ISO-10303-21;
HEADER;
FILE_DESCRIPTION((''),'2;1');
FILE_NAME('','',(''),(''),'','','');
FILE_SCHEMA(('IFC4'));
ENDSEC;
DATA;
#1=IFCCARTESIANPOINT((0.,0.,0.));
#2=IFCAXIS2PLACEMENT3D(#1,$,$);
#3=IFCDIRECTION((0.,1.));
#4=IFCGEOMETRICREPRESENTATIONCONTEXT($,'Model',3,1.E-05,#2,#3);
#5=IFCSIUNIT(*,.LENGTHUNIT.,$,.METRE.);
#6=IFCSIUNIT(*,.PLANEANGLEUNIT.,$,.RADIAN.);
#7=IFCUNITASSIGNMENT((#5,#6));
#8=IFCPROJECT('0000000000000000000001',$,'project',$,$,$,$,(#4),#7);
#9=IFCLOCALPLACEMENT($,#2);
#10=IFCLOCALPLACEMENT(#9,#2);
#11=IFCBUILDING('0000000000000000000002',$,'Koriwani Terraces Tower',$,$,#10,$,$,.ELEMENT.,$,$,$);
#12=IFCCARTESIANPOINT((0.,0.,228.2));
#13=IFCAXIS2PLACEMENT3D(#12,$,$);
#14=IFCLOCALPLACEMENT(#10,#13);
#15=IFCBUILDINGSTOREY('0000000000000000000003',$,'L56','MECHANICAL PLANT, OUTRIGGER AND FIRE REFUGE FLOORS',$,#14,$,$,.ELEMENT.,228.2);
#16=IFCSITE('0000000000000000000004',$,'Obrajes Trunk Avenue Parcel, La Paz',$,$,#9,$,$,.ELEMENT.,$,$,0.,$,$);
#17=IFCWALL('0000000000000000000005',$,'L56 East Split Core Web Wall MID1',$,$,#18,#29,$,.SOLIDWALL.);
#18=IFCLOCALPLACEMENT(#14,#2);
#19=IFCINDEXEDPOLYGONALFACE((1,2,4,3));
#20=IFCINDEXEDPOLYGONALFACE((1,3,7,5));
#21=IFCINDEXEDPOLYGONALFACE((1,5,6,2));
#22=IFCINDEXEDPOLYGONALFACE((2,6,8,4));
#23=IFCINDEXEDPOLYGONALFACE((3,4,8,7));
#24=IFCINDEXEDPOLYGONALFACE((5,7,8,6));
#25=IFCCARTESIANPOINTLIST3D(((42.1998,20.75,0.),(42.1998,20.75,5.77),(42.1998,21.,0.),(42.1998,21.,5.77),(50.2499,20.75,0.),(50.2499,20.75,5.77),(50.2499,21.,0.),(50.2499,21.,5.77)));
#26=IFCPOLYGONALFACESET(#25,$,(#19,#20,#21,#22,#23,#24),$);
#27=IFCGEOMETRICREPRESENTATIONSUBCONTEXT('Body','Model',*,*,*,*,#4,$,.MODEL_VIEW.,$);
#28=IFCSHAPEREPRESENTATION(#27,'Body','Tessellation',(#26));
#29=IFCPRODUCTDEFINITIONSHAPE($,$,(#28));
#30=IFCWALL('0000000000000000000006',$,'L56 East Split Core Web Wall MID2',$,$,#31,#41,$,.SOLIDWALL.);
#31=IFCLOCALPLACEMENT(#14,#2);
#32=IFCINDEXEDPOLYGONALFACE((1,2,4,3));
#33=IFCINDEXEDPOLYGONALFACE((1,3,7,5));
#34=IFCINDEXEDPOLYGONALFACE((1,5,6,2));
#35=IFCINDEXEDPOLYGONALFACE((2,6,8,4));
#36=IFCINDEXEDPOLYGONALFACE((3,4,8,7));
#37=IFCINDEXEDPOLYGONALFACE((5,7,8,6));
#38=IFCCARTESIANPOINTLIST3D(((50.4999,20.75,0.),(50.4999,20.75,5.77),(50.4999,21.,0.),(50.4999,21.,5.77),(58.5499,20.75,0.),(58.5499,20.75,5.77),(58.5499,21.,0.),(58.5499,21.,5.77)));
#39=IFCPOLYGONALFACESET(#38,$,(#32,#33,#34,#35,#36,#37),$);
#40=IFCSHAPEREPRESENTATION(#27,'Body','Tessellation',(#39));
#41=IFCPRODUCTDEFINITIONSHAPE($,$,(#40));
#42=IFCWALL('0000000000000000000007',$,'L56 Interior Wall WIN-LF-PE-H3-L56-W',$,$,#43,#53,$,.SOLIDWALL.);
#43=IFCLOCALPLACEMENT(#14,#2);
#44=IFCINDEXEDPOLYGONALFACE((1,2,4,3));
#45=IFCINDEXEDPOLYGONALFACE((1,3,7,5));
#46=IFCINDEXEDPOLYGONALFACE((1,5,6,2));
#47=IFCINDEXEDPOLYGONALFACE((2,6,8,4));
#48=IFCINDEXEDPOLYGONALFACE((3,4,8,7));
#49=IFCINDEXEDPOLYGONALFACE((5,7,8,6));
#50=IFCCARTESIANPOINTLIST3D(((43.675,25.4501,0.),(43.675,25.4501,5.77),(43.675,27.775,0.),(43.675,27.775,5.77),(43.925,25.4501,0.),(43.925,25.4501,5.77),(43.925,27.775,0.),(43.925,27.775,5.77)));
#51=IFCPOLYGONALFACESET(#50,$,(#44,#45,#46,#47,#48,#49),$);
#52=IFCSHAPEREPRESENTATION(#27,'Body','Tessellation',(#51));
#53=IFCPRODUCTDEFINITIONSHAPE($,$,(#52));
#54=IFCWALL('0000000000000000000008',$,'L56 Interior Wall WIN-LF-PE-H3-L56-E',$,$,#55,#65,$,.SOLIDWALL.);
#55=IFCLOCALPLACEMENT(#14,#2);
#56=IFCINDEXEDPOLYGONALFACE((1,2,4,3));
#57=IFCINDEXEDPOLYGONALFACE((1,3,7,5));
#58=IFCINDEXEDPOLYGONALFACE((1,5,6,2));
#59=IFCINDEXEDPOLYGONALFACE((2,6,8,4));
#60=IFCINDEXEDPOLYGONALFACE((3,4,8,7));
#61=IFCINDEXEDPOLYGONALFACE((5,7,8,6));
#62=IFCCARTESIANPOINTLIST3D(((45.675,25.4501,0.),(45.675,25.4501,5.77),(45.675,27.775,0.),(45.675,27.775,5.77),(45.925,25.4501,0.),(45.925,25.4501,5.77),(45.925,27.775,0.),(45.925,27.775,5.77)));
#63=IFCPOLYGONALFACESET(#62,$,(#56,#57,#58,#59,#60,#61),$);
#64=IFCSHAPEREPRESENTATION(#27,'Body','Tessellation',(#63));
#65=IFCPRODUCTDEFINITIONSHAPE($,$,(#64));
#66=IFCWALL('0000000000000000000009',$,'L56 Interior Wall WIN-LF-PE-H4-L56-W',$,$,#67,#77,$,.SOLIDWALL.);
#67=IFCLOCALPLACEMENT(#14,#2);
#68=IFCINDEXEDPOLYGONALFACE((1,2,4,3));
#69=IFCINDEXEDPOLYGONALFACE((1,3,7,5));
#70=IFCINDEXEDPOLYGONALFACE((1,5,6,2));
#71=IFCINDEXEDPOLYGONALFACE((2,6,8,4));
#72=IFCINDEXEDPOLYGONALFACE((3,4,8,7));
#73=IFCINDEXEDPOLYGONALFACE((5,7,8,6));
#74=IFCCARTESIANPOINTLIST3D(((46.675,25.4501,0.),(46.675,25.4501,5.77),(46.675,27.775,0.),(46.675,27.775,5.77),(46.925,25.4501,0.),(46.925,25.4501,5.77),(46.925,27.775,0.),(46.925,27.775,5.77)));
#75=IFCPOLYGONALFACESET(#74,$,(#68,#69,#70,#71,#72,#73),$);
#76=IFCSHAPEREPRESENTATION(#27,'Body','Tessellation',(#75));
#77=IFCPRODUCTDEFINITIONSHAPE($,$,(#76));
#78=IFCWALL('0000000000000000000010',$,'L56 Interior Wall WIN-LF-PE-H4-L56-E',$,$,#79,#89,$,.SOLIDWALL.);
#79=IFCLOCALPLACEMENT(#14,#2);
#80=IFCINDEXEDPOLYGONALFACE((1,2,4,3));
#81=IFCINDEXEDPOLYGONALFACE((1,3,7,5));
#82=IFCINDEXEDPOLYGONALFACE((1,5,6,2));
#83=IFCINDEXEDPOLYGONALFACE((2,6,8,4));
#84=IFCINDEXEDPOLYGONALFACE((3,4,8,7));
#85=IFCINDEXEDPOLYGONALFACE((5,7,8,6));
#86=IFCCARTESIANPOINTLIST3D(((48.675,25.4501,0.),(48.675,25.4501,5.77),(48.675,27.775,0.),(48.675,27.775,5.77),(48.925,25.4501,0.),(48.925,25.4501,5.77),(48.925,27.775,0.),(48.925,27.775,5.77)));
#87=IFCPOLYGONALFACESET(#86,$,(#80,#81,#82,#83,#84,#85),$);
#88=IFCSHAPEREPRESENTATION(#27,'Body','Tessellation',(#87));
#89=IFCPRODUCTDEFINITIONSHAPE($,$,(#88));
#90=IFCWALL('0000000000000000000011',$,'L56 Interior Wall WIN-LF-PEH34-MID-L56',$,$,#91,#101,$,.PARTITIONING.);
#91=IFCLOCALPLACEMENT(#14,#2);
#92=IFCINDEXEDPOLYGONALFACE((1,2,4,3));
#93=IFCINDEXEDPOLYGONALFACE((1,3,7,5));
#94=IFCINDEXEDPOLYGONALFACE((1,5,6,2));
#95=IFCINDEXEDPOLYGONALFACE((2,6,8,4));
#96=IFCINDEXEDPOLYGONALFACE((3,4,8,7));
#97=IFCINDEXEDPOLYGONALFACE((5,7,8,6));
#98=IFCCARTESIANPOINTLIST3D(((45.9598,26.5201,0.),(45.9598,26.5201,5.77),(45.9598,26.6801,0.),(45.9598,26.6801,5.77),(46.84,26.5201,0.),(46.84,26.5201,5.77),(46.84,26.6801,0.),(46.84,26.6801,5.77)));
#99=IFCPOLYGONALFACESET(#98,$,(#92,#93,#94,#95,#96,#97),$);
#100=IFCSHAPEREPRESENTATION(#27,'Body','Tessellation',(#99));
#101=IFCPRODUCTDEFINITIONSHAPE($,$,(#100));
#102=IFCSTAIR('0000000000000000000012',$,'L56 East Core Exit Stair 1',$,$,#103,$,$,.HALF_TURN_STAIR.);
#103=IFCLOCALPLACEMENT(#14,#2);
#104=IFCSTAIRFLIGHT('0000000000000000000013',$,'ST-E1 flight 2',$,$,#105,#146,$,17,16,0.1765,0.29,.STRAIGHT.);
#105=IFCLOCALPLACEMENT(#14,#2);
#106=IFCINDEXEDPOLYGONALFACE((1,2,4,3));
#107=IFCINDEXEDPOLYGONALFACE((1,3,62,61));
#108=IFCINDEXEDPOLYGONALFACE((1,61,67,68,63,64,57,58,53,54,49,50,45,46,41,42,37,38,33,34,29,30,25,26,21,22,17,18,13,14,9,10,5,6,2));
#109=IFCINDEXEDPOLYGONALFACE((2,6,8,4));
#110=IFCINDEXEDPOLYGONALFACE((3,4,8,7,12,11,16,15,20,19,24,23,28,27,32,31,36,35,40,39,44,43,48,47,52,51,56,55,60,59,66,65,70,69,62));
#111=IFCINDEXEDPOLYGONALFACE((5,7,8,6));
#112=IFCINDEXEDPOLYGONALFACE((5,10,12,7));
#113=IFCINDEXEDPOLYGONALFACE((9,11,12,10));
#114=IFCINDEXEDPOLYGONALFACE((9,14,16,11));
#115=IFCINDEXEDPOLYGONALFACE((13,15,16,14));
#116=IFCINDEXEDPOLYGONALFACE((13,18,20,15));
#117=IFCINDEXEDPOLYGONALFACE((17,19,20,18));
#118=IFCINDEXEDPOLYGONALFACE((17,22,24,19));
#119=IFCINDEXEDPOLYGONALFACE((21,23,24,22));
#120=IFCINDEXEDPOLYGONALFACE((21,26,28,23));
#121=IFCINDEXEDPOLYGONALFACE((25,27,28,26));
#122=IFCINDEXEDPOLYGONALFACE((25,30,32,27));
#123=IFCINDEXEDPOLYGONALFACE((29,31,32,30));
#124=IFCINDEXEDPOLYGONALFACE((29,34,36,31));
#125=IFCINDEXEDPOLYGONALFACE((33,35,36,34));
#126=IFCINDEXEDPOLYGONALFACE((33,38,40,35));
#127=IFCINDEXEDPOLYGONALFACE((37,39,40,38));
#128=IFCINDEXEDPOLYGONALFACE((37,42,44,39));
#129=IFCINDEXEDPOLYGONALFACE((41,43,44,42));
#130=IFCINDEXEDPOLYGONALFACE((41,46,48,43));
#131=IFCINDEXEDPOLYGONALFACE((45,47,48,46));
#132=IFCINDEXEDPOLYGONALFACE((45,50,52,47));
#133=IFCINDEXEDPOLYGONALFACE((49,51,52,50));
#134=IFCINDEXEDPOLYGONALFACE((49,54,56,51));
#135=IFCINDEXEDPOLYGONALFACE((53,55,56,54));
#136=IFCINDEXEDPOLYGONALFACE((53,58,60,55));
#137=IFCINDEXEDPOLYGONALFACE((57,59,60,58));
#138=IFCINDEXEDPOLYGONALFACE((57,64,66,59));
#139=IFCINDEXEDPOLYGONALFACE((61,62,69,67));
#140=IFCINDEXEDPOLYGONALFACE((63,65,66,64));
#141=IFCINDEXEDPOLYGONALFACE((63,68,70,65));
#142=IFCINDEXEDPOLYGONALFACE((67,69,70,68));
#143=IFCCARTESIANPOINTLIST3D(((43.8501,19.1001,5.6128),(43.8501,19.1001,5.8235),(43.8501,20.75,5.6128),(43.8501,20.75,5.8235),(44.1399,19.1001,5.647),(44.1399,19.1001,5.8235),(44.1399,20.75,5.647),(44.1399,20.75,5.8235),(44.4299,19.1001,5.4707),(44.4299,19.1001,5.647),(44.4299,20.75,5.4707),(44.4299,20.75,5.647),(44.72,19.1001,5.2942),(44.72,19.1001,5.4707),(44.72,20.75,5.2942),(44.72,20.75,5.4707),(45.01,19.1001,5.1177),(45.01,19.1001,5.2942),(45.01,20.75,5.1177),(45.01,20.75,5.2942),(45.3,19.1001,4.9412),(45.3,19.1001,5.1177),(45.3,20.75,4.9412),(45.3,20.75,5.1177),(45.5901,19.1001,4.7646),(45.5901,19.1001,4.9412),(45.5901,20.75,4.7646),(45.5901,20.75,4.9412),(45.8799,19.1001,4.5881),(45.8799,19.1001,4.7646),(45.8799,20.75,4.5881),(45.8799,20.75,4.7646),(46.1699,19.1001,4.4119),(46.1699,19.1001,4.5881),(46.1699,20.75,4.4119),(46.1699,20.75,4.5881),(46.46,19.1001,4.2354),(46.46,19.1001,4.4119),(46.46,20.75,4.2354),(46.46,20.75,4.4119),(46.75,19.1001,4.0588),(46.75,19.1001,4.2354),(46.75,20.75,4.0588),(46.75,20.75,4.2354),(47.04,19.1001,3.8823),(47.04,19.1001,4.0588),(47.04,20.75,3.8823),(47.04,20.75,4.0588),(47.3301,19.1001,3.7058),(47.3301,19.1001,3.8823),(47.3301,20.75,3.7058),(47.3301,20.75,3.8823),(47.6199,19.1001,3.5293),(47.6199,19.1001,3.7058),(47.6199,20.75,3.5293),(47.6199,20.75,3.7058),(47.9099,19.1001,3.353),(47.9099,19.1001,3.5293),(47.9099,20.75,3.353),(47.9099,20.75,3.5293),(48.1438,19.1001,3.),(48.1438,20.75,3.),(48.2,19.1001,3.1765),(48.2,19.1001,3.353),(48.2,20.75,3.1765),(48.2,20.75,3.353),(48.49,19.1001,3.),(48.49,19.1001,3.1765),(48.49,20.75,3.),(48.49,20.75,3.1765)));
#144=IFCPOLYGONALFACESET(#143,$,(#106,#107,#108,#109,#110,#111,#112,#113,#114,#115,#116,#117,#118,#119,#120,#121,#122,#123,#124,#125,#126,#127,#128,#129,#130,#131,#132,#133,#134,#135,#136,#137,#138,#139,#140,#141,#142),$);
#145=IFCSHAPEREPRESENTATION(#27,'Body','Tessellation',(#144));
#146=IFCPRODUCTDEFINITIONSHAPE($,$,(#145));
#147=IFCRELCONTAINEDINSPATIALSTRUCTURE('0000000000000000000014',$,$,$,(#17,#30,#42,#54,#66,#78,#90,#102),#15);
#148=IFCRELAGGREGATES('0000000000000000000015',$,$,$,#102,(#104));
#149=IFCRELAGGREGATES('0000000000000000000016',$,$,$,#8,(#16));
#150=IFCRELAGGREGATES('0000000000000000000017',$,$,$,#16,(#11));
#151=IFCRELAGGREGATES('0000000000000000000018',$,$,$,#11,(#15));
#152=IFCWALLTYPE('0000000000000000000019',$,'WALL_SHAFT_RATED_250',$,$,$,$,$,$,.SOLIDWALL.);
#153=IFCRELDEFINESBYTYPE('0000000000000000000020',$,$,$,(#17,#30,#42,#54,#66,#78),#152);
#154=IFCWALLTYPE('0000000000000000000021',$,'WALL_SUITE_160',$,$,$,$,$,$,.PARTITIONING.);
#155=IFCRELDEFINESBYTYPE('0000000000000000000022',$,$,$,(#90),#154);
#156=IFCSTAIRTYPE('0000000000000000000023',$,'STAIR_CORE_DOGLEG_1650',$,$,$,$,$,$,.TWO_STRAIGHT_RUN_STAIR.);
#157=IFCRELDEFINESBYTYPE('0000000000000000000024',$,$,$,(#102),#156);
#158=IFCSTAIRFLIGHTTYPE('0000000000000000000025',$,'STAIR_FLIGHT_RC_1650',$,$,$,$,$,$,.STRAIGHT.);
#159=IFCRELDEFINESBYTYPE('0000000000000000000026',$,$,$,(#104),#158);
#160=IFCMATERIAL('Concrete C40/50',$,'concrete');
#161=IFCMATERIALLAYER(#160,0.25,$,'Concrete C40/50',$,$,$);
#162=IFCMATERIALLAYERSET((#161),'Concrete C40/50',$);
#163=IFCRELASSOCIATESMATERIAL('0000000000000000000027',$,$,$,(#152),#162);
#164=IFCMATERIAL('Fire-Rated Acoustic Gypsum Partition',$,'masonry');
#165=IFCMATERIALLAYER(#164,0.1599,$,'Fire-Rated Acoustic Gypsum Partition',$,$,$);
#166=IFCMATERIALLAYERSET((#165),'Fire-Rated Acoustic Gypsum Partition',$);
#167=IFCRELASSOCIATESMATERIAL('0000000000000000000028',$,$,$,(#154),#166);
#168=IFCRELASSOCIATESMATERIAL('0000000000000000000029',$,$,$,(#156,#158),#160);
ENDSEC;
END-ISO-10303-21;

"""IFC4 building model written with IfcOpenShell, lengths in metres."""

from ifc_helpers import new_model, si_unit, direction, frame, frame_2d, origin, place, context, subcontext, project, spatial, polyline, rectangle, outline, extrude, material, layer, layer_set, type_object, element, aggregate, save


model = new_model("IFC4")

# Units and contexts
model_context = context("Model", 3, precision=1e-05, world=origin(), true_north=direction((0.0, 1.0)))
body_context = subcontext(model_context, "Body", "Model", "MODEL_VIEW")
ifc_project = project(units=[si_unit("LENGTHUNIT", "METRE"), si_unit("PLANEANGLEUNIT", "RADIAN")], contexts=[model_context])

# Site, building, storey
site_placement = place(None, origin())
site = spatial("IfcSite", under=ifc_project, at=site_placement, Name="Obrajes Trunk Avenue Parcel, La Paz", CompositionType="ELEMENT", RefElevation=0.0)
building_placement = place(site_placement, origin())
building = spatial("IfcBuilding", under=site, at=building_placement, Name="Koriwani Terraces Tower", CompositionType="ELEMENT")
storey_placement = place(building_placement, frame((0.0, 0.0, 228.2)))
storey = spatial("IfcBuildingStorey", under=building, at=storey_placement, Name="L56", Description="MECHANICAL PLANT, OUTRIGGER AND FIRE REFUGE FLOORS", CompositionType="ELEMENT", Elevation=228.2)

# Walls
ifc_material_1 = material(Name="Concrete C40/50", Category="concrete")
ifc_layer_1 = layer(ifc_material_1, 0.25, Name="Concrete C40/50")
ifc_layer_set_1 = layer_set([ifc_layer_1], Name="Concrete C40/50")
wall_type_1 = type_object("IfcWallType", Name="WALL_SHAFT_RATED_250", PredefinedType="SOLIDWALL", material=ifc_layer_set_1)
for number, where, z_axis, x_axis, name in (
    (1, (42.2, 20.875, 0.0), (0.0, 0.0, 1.0), (1.0, 0.0, 0.0), "L56 East Split Core Web Wall MID1"),
    (2, (50.5, 20.875, 0.0), (0.0, 0.0, 1.0), (1.0, 0.0, 0.0), "L56 East Split Core Web Wall MID2"),
):
    element("IfcWall", number, at=place(storey_placement, frame(where, z_axis=z_axis, x_axis=x_axis)), inside=storey, type_object=wall_type_1, Name=name, PredefinedType="SOLIDWALL", context=body_context, shape_type="SweptSolid", body=[
        extrude(rectangle(XDim=8.05, YDim=0.25, at=frame_2d((4.0249, 0.0))), origin(), (0.0, 0.0, 1.0), 5.77),
    ])

# Walls
for number, where, z_axis, x_axis, name in (
    (3, (43.8, 25.45, 0.0), (0.0, 0.0, 1.0), (0.0, 1.0, 0.0), "L56 Interior Wall WIN-LF-PE-H3-L56-W"),
    (4, (45.8, 25.45, 0.0), (0.0, 0.0, 1.0), (0.0, 1.0, 0.0), "L56 Interior Wall WIN-LF-PE-H3-L56-E"),
):
    element("IfcWall", number, at=place(storey_placement, frame(where, z_axis=z_axis, x_axis=x_axis)), inside=storey, type_object=wall_type_1, Name=name, PredefinedType="SOLIDWALL", context=body_context, shape_type="SweptSolid", body=[
        extrude(rectangle(XDim=2.325, YDim=0.25, at=frame_2d((1.1626, 0.0))), origin(), (0.0, 0.0, 1.0), 5.77),
    ])

# Walls
for number, where, z_axis, x_axis, name in (
    (5, (46.8, 25.45, 0.0), (0.0, 0.0, 1.0), (0.0, 1.0, 0.0), "L56 Interior Wall WIN-LF-PE-H4-L56-W"),
    (6, (48.8, 25.45, 0.0), (0.0, 0.0, 1.0), (0.0, 1.0, 0.0), "L56 Interior Wall WIN-LF-PE-H4-L56-E"),
):
    element("IfcWall", number, at=place(storey_placement, frame(where, z_axis=z_axis, x_axis=x_axis)), inside=storey, type_object=wall_type_1, Name=name, PredefinedType="SOLIDWALL", context=body_context, shape_type="SweptSolid", body=[
        extrude(rectangle(XDim=2.325, YDim=0.25, at=frame_2d((1.1626, 0.0))), origin(), (0.0, 0.0, 1.0), 5.77),
    ])
ifc_material_2 = material(Name="Fire-Rated Acoustic Gypsum Partition", Category="masonry")
ifc_layer_2 = layer(ifc_material_2, 0.1599, Name="Fire-Rated Acoustic Gypsum Partition")
ifc_layer_set_2 = layer_set([ifc_layer_2], Name="Fire-Rated Acoustic Gypsum Partition")
wall_type_2 = type_object("IfcWallType", Name="WALL_SUITE_160", PredefinedType="PARTITIONING", material=ifc_layer_set_2)
wall_1_placement = place(storey_placement, frame((45.96, 26.6001, 0.0), z_axis=(0.0, 0.0, 1.0), x_axis=(1.0, 0.0, 0.0)))
element("IfcWall", 7, at=wall_1_placement, inside=storey, type_object=wall_type_2, Name="L56 Interior Wall WIN-LF-PEH34-MID-L56", PredefinedType="PARTITIONING", context=body_context, shape_type="SweptSolid", body=[
    extrude(rectangle(XDim=0.8801, YDim=0.1599, at=frame_2d((0.4399, 0.0))), origin(), (0.0, 0.0, 1.0), 5.77),
])

# Stair, stair flight
stair_type = type_object("IfcStairType", Name="STAIR_CORE_DOGLEG_1650", PredefinedType="TWO_STRAIGHT_RUN_STAIR", material=ifc_material_1)
stair_placement = place(storey_placement, origin())
stair = element("IfcStair", 8, at=stair_placement, inside=storey, type_object=stair_type, Name="L56 East Core Exit Stair 1", PredefinedType="HALF_TURN_STAIR")
stair_flight_type = type_object("IfcStairFlightType", Name="STAIR_FLIGHT_RC_1650", PredefinedType="STRAIGHT", material=ifc_material_1)
stair_flight_placement = place(storey_placement, frame((48.49, 19.925, 3.0), z_axis=(0.0, 0.0, 1.0), x_axis=(-1.0, 0.0, 0.0)))
stair_flight = element("IfcStairFlight", 9, at=stair_flight_placement, type_object=stair_flight_type, Name="ST-E1 flight 2", NumberOfRisers=17, NumberOfTreads=16, PredefinedType="STRAIGHT", RiserHeight=0.1765, TreadLength=0.29, context=body_context, shape_type="SweptSolid", body=[
    extrude(outline(polyline([(0.0, 0.0), (0.0, 0.1765), (0.29, 0.1765), (0.29, 0.353), (0.5801, 0.353), (0.5801, 0.5293), (0.8701, 0.5293), (0.8701, 0.7058), (1.1599, 0.7058), (1.1599, 0.8823), (1.45, 0.8823), (1.45, 1.0588), (1.74, 1.0588), (1.74, 1.2354), (2.03, 1.2354), (2.03, 1.4119), (2.3201, 1.4119), (2.3201, 1.5881), (2.6101, 1.5881), (2.6101, 1.7646), (2.8999, 1.7646), (2.8999, 1.9412), (3.1899, 1.9412), (3.1899, 2.1177), (3.48, 2.1177), (3.48, 2.2942), (3.77, 2.2942), (3.77, 2.4707), (4.0601, 2.4707), (4.0601, 2.647), (4.3501, 2.647), (4.3501, 2.8235), (4.6399, 2.8235), (4.6399, 3.0), (4.6399, 2.6128), (0.3462, 0.0), (0.0, 0.0)])), frame((0.0, 0.825, 0.0), z_axis=(0.0, -1.0, 0.0), x_axis=(1.0, 0.0, 0.0)), (0.0, 0.0, 1.0), 1.6499),
])
aggregate(stair, [stair_flight])

save(model, "model.ifc")
